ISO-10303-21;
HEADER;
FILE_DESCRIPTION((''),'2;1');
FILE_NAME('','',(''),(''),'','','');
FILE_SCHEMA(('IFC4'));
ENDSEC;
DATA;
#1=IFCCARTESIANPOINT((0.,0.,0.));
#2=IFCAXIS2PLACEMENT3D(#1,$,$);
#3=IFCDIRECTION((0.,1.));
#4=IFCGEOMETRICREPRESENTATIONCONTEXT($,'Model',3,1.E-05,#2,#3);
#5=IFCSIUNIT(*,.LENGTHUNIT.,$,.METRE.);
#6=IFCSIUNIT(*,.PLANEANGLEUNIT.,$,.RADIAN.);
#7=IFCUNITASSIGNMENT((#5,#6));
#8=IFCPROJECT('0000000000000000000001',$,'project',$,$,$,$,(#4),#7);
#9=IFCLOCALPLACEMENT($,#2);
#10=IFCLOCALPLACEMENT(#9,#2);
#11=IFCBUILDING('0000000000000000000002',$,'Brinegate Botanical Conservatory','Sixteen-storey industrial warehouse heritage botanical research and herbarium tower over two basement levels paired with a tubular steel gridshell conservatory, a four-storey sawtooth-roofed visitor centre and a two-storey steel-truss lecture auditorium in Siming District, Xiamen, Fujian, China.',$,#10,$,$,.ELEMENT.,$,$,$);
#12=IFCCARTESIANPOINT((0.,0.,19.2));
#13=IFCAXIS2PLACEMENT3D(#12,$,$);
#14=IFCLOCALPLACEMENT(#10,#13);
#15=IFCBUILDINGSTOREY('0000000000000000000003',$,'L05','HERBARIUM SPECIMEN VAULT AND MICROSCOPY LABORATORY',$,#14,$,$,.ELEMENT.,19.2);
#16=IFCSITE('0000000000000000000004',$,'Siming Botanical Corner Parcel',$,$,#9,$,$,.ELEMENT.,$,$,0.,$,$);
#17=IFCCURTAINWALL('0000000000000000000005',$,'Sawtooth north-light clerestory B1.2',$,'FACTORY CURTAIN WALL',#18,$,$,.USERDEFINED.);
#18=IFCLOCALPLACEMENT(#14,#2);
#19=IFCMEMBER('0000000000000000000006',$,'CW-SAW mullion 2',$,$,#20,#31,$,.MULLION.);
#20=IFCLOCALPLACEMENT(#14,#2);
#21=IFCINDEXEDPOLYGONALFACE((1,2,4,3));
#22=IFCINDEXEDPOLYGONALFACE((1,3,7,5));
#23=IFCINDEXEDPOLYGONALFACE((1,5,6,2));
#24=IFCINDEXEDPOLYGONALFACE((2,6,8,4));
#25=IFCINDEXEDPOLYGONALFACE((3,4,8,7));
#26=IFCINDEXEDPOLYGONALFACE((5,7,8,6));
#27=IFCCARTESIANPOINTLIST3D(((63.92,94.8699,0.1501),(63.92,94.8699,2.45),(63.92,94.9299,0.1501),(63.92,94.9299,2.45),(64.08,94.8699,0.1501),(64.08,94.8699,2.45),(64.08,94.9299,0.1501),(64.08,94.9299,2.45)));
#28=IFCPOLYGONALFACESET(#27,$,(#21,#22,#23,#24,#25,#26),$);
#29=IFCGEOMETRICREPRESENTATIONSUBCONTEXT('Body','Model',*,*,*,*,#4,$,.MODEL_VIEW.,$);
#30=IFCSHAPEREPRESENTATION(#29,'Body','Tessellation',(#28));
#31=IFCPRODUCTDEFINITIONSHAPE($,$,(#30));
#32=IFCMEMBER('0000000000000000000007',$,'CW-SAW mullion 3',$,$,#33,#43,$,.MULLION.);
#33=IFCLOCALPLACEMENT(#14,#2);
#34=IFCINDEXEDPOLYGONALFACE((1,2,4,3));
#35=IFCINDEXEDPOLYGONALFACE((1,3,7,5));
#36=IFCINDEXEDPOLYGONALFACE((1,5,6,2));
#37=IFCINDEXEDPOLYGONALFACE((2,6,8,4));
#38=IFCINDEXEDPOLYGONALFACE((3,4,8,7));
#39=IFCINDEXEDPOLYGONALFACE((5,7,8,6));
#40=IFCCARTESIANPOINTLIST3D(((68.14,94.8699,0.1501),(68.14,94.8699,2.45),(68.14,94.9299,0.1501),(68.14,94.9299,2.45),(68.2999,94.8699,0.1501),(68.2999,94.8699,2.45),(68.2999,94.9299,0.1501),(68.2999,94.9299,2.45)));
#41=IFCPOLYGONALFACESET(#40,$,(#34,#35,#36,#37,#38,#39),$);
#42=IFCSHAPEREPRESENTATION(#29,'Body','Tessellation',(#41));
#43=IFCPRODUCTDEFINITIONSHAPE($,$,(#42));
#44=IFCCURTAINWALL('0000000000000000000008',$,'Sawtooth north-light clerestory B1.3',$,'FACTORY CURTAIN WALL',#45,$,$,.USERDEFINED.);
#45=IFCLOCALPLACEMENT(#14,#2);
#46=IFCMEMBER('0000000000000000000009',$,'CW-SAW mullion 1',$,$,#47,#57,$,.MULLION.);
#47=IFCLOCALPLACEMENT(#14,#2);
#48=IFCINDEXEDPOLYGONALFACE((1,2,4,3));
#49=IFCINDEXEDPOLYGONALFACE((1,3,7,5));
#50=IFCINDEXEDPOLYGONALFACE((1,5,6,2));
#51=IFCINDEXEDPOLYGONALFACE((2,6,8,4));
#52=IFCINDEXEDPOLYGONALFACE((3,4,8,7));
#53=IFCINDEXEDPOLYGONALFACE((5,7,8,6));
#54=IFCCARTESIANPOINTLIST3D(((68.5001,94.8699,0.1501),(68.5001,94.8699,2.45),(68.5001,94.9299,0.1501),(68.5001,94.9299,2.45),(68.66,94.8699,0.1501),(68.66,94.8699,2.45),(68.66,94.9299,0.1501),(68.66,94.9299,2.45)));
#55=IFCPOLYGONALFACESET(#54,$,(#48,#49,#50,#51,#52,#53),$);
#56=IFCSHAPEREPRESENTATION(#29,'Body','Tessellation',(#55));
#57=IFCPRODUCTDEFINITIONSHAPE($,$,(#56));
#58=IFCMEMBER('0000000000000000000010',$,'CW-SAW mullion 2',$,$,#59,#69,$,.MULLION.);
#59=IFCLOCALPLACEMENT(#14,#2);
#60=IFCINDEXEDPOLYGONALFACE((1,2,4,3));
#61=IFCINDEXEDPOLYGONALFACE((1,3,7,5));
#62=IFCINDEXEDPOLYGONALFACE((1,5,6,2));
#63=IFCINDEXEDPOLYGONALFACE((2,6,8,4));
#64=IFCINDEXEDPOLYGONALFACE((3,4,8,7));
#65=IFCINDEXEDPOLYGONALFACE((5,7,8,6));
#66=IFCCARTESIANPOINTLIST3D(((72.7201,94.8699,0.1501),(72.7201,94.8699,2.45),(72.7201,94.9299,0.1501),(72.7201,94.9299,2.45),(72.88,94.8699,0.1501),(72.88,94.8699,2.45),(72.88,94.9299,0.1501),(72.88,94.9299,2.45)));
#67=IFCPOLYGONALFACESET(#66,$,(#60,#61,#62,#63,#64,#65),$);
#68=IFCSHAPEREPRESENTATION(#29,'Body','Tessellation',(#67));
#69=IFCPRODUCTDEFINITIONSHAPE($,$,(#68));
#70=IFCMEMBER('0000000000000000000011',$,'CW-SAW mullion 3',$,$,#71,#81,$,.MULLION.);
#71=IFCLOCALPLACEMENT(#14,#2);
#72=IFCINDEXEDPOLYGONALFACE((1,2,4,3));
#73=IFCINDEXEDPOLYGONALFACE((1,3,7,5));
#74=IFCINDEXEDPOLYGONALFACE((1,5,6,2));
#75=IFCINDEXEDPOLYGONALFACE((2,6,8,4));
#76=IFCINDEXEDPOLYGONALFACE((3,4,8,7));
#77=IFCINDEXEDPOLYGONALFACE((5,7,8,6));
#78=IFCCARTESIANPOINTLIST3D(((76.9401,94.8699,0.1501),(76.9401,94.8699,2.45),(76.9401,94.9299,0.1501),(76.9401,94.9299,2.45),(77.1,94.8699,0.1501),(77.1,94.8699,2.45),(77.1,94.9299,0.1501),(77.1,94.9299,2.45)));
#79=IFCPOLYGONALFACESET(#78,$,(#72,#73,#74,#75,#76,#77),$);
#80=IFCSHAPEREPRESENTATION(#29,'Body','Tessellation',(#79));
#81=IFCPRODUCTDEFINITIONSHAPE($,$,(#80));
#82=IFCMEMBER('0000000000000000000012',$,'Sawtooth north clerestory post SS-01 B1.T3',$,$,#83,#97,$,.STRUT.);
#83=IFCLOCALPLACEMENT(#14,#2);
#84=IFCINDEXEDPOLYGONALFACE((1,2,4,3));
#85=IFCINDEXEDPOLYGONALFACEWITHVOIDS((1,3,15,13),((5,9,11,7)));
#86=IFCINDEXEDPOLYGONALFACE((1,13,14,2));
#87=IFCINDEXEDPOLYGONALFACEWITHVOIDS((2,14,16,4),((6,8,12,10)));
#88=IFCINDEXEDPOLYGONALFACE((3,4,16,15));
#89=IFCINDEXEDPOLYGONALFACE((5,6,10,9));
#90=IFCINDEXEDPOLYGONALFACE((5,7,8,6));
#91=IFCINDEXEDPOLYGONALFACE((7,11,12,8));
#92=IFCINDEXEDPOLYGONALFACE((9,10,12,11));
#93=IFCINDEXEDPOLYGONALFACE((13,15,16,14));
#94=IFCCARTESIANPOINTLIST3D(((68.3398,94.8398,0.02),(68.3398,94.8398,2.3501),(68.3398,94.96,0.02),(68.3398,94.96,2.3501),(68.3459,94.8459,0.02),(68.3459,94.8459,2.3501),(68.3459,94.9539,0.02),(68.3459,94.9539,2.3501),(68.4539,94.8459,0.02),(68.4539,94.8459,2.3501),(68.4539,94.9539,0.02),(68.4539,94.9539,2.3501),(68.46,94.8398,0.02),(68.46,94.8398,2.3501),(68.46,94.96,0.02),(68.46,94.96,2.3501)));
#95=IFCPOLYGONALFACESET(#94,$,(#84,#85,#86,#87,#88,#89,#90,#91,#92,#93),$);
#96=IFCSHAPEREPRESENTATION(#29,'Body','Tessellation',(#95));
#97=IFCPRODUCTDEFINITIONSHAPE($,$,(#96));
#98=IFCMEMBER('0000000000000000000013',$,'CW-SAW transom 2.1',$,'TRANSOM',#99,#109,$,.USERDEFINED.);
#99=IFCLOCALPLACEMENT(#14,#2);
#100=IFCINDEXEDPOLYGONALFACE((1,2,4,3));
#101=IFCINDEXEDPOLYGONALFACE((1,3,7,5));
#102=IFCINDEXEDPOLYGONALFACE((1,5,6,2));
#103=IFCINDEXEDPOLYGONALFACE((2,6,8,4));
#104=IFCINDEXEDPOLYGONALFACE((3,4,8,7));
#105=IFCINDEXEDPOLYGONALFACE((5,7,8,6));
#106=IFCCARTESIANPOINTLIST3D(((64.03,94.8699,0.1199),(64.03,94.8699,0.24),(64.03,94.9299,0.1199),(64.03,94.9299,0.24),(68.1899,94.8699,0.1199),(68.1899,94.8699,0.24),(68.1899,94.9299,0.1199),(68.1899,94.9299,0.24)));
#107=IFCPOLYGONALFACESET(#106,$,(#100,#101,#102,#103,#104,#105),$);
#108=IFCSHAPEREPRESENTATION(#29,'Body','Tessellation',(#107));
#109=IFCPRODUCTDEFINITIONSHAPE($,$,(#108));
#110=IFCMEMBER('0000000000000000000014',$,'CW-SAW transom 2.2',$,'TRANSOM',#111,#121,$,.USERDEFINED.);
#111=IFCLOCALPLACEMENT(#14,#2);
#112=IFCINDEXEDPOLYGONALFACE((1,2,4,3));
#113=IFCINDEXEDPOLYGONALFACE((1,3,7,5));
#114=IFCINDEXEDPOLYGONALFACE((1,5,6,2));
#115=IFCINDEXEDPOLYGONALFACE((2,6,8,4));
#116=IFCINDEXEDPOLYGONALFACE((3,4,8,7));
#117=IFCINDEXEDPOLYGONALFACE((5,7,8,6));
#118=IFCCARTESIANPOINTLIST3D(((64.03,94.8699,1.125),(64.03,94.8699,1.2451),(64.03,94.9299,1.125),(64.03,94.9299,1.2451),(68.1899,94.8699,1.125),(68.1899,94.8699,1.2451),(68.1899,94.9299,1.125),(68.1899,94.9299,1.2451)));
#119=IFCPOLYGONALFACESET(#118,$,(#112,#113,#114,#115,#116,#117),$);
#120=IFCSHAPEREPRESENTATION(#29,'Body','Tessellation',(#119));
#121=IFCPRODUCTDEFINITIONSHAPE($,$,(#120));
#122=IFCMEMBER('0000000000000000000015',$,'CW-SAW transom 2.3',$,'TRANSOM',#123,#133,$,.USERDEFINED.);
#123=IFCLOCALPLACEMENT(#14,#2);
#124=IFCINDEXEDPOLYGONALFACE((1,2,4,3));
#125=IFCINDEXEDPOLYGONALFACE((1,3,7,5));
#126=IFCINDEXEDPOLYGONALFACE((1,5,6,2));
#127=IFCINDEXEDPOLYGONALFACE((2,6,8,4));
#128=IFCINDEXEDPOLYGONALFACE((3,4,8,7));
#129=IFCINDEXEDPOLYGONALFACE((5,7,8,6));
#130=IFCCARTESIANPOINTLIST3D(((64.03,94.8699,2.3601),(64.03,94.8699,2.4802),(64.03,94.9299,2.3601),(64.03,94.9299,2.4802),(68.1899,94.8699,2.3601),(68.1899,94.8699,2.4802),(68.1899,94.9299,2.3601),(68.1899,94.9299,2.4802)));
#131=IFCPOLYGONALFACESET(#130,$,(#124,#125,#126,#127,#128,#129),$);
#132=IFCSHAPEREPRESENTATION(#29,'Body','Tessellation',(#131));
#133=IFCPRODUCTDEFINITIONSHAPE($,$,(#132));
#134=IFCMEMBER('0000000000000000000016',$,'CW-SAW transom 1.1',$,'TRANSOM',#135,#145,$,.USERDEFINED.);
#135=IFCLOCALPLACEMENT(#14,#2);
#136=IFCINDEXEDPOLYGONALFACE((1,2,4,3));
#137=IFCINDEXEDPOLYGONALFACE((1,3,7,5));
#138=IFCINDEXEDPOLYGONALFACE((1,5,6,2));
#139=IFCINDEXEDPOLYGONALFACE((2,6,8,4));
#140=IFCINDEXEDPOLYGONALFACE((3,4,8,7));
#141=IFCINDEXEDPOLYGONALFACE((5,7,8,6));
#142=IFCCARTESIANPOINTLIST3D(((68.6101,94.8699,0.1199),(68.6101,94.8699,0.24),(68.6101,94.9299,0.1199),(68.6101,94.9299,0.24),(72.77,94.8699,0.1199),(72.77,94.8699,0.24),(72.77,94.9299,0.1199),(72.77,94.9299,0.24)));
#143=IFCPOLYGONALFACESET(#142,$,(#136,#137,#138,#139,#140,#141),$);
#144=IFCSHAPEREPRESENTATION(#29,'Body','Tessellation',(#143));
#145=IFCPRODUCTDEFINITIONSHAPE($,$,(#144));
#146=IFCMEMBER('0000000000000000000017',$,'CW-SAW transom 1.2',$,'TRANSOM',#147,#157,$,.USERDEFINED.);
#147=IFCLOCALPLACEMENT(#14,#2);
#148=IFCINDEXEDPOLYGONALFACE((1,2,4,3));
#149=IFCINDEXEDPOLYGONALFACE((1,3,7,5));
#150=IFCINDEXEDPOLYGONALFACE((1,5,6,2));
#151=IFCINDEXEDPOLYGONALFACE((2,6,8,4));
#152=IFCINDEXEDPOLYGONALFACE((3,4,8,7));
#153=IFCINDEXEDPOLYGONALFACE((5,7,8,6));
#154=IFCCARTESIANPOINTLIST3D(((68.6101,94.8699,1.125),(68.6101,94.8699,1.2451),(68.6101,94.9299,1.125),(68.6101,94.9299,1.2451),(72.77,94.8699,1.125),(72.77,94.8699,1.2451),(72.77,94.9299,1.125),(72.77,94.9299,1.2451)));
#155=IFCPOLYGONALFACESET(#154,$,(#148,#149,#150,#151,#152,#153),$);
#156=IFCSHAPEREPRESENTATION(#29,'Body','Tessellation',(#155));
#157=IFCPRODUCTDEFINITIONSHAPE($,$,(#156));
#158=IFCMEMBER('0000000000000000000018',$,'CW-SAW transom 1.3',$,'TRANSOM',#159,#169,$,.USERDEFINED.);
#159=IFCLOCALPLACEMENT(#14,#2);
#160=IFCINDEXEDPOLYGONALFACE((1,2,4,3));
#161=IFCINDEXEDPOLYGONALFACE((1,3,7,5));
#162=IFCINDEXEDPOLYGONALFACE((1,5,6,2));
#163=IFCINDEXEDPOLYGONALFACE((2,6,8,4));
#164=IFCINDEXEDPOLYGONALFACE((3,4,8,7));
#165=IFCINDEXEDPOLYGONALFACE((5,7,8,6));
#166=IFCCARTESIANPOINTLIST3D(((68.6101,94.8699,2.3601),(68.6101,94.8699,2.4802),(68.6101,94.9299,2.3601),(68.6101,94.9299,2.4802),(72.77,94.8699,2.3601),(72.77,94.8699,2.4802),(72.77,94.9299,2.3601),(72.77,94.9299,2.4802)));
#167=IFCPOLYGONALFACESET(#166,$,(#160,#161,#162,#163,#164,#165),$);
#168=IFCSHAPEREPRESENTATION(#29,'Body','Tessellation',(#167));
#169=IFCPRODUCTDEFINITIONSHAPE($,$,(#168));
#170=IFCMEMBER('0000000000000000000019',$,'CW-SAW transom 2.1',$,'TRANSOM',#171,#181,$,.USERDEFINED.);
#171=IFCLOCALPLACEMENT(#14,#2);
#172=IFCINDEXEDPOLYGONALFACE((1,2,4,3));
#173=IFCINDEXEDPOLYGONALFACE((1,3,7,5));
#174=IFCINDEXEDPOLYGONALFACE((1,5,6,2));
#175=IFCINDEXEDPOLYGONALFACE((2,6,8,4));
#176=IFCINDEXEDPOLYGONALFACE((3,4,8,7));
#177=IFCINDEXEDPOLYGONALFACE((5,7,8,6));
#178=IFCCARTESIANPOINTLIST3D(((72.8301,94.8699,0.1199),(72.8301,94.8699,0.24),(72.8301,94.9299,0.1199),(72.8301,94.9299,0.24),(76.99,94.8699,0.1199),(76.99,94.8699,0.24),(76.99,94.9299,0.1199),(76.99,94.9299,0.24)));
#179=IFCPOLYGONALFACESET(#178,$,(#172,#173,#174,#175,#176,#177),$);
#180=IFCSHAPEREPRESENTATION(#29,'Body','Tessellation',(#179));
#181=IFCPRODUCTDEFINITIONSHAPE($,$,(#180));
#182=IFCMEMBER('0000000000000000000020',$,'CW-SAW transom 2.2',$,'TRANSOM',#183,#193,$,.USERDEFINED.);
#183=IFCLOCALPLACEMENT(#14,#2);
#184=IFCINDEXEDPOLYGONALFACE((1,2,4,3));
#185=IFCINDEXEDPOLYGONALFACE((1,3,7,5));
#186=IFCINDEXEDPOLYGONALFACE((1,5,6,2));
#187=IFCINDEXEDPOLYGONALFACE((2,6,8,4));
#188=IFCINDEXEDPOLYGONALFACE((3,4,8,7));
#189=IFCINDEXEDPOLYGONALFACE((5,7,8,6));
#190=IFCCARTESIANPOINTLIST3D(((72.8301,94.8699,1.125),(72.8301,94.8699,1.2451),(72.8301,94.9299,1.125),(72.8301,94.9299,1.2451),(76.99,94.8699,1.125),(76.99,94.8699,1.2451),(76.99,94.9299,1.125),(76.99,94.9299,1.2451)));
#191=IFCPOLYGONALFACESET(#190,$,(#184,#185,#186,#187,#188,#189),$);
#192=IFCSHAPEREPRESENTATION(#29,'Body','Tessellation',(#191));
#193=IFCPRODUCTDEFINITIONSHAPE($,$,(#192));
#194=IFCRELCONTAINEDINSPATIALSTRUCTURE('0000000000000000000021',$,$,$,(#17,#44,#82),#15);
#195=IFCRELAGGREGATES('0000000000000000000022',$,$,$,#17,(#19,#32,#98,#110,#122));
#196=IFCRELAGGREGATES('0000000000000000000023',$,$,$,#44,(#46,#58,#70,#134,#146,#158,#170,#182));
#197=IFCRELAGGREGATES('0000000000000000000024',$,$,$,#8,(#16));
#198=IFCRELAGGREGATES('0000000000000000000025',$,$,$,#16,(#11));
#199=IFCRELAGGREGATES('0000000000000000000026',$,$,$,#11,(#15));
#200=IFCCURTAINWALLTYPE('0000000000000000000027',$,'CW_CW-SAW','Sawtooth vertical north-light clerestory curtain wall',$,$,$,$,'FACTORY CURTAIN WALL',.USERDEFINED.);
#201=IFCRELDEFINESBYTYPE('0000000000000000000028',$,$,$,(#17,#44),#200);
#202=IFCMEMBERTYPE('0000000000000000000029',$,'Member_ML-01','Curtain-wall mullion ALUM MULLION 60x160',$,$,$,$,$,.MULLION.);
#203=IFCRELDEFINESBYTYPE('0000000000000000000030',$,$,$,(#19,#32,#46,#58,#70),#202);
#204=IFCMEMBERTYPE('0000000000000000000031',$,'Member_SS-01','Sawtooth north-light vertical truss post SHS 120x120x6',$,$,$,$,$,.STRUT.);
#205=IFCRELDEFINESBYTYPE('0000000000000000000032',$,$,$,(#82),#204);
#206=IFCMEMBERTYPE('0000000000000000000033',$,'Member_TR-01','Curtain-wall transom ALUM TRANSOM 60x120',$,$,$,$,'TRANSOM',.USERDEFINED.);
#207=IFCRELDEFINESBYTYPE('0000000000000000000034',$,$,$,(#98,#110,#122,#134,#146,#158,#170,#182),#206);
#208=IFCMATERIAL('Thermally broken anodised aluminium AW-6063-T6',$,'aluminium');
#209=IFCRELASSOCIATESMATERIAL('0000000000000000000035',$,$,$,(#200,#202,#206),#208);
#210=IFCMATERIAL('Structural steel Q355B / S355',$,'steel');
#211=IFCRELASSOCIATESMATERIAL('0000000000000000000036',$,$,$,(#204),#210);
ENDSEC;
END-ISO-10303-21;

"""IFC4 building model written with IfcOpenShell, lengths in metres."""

from ifc_helpers import new_model, si_unit, direction, frame, origin, origin_2d, place, context, subcontext, project, spatial, rectangle, hollow_rectangle, extrude, material, material_profile, profile_set, type_object, element, aggregate, save


model = new_model("IFC4")

# Units and contexts
model_context = context("Model", 3, precision=1e-05, world=origin(), true_north=direction((0.0, 1.0)))
body_context = subcontext(model_context, "Body", "Model", "MODEL_VIEW")
ifc_project = project(units=[si_unit("LENGTHUNIT", "METRE"), si_unit("PLANEANGLEUNIT", "RADIAN")], contexts=[model_context])

# Site, building, storey
site_placement = place(None, origin())
site = spatial("IfcSite", under=ifc_project, at=site_placement, Name="Siming Botanical Corner Parcel", CompositionType="ELEMENT", RefElevation=0.0)
building_placement = place(site_placement, origin())
building = spatial("IfcBuilding", under=site, at=building_placement, Name="Brinegate Botanical Conservatory", Description="Sixteen-storey industrial warehouse heritage botanical research and herbarium tower over two basement levels paired with a tubular steel gridshell conservatory, a four-storey sawtooth-roofed visitor centre and a two-storey steel-truss lecture auditorium in Siming District, Xiamen, Fujian, China.", CompositionType="ELEMENT")
storey_placement = place(building_placement, frame((0.0, 0.0, 19.2)))
storey = spatial("IfcBuildingStorey", under=building, at=storey_placement, Name="L05", Description="HERBARIUM SPECIMEN VAULT AND MICROSCOPY LABORATORY", CompositionType="ELEMENT", Elevation=19.2)

# Curtain walls, members
ifc_material_1 = material(Name="Thermally broken anodised aluminium AW-6063-T6", Category="aluminium")
curtain_wall_type = type_object("IfcCurtainWallType", Name="CW_CW-SAW", Description="Sawtooth vertical north-light clerestory curtain wall", ElementType="FACTORY CURTAIN WALL", PredefinedType="USERDEFINED", material=ifc_material_1)
curtain_wall_1_placement = place(storey_placement, origin())
curtain_wall_1 = element("IfcCurtainWall", 1, at=curtain_wall_1_placement, inside=storey, type_object=curtain_wall_type, Name="Sawtooth north-light clerestory B1.2", ObjectType="FACTORY CURTAIN WALL", PredefinedType="USERDEFINED")
ifc_material_profile_1 = material_profile(ifc_material_1, rectangle(XDim=0.0601, YDim=0.1599, at=origin_2d()), Name="ALUM MULLION 60x160")
ifc_profile_set_1 = profile_set([ifc_material_profile_1], Name="Thermally broken anodised aluminium AW-6063-T6")
member_type_1 = type_object("IfcMemberType", Name="Member_ML-01", Description="Curtain-wall mullion ALUM MULLION 60x160", PredefinedType="MULLION", material=ifc_profile_set_1)
member_1_placement = place(storey_placement, frame((64.0, 94.8999, 0.1501), z_axis=(0.0, 0.0, 1.0), x_axis=(0.0, 1.0, 0.0)))
member_1 = element("IfcMember", 2, at=member_1_placement, type_object=member_type_1, Name="CW-SAW mullion 2", PredefinedType="MULLION", context=body_context, shape_type="SweptSolid", body=[
    extrude(rectangle(XDim=0.0601, YDim=0.1599, at=origin_2d()), origin(), (0.0, 0.0, 1.0), 2.2998),
])
member_2_placement = place(storey_placement, frame((68.22, 94.8999, 0.1501), z_axis=(0.0, 0.0, 1.0), x_axis=(0.0, 1.0, 0.0)))
member_2 = element("IfcMember", 3, at=member_2_placement, type_object=member_type_1, Name="CW-SAW mullion 3", PredefinedType="MULLION", context=body_context, shape_type="SweptSolid", body=[
    extrude(rectangle(XDim=0.0601, YDim=0.1599, at=origin_2d()), origin(), (0.0, 0.0, 1.0), 2.2998),
])
curtain_wall_2_placement = place(storey_placement, origin())
curtain_wall_2 = element("IfcCurtainWall", 4, at=curtain_wall_2_placement, inside=storey, type_object=curtain_wall_type, Name="Sawtooth north-light clerestory B1.3", ObjectType="FACTORY CURTAIN WALL", PredefinedType="USERDEFINED")
member_3_placement = place(storey_placement, frame((68.5801, 94.8999, 0.1501), z_axis=(0.0, 0.0, 1.0), x_axis=(0.0, 1.0, 0.0)))
member_3 = element("IfcMember", 5, at=member_3_placement, type_object=member_type_1, Name="CW-SAW mullion 1", PredefinedType="MULLION", context=body_context, shape_type="SweptSolid", body=[
    extrude(rectangle(XDim=0.0601, YDim=0.1599, at=origin_2d()), origin(), (0.0, 0.0, 1.0), 2.2998),
])
member_4_placement = place(storey_placement, frame((72.8, 94.8999, 0.1501), z_axis=(0.0, 0.0, 1.0), x_axis=(0.0, 1.0, 0.0)))
member_4 = element("IfcMember", 6, at=member_4_placement, type_object=member_type_1, Name="CW-SAW mullion 2", PredefinedType="MULLION", context=body_context, shape_type="SweptSolid", body=[
    extrude(rectangle(XDim=0.0601, YDim=0.1599, at=origin_2d()), origin(), (0.0, 0.0, 1.0), 2.2998),
])
member_5_placement = place(storey_placement, frame((77.02, 94.8999, 0.1501), z_axis=(0.0, 0.0, 1.0), x_axis=(0.0, 1.0, 0.0)))
member_5 = element("IfcMember", 7, at=member_5_placement, type_object=member_type_1, Name="CW-SAW mullion 3", PredefinedType="MULLION", context=body_context, shape_type="SweptSolid", body=[
    extrude(rectangle(XDim=0.0601, YDim=0.1599, at=origin_2d()), origin(), (0.0, 0.0, 1.0), 2.2998),
])

# Members
ifc_material_2 = material(Name="Structural steel Q355B / S355", Category="steel")
ifc_material_profile_2 = material_profile(ifc_material_2, hollow_rectangle(XDim=0.1201, YDim=0.1201, WallThickness=0.0061, at=origin_2d()), Name="SHS 120x120x6")
ifc_profile_set_2 = profile_set([ifc_material_profile_2], Name="Structural steel Q355B / S355")
member_type_2 = type_object("IfcMemberType", Name="Member_SS-01", Description="Sawtooth north-light vertical truss post SHS 120x120x6", PredefinedType="STRUT", material=ifc_profile_set_2)
member_6_placement = place(storey_placement, frame((68.3999, 94.8999, 0.02), z_axis=(0.0, 0.0, 1.0), x_axis=(1.0, 0.0, 0.0)))
element("IfcMember", 8, at=member_6_placement, inside=storey, type_object=member_type_2, Name="Sawtooth north clerestory post SS-01 B1.T3", PredefinedType="STRUT", context=body_context, shape_type="SweptSolid", body=[
    extrude(hollow_rectangle(XDim=0.1201, YDim=0.1201, WallThickness=0.0061, at=origin_2d()), origin(), (0.0, 0.0, 1.0), 2.3301),
])
ifc_material_profile_3 = material_profile(ifc_material_1, rectangle(XDim=0.0601, YDim=0.1201, at=origin_2d()), Name="ALUM TRANSOM 60x120")
ifc_profile_set_3 = profile_set([ifc_material_profile_3], Name="Thermally broken anodised aluminium AW-6063-T6")
member_type_3 = type_object("IfcMemberType", Name="Member_TR-01", Description="Curtain-wall transom ALUM TRANSOM 60x120", ElementType="TRANSOM", PredefinedType="USERDEFINED", material=ifc_profile_set_3)
member_7_placement = place(storey_placement, frame((64.03, 94.8999, 0.1799), z_axis=(1.0, 0.0, 0.0), x_axis=(0.0, 1.0, 0.0)))
member_7 = element("IfcMember", 9, at=member_7_placement, type_object=member_type_3, Name="CW-SAW transom 2.1", ObjectType="TRANSOM", PredefinedType="USERDEFINED", context=body_context, shape_type="SweptSolid", body=[
    extrude(rectangle(XDim=0.0601, YDim=0.1201, at=origin_2d()), origin(), (0.0, 0.0, 1.0), 4.1599),
])
member_8_placement = place(storey_placement, frame((64.03, 94.8999, 1.1851), z_axis=(1.0, 0.0, 0.0), x_axis=(0.0, 1.0, 0.0)))
member_8 = element("IfcMember", 10, at=member_8_placement, type_object=member_type_3, Name="CW-SAW transom 2.2", ObjectType="TRANSOM", PredefinedType="USERDEFINED", context=body_context, shape_type="SweptSolid", body=[
    extrude(rectangle(XDim=0.0601, YDim=0.1201, at=origin_2d()), origin(), (0.0, 0.0, 1.0), 4.1599),
])
member_9_placement = place(storey_placement, frame((64.03, 94.8999, 2.4202), z_axis=(1.0, 0.0, 0.0), x_axis=(0.0, 1.0, 0.0)))
member_9 = element("IfcMember", 11, at=member_9_placement, type_object=member_type_3, Name="CW-SAW transom 2.3", ObjectType="TRANSOM", PredefinedType="USERDEFINED", context=body_context, shape_type="SweptSolid", body=[
    extrude(rectangle(XDim=0.0601, YDim=0.1201, at=origin_2d()), origin(), (0.0, 0.0, 1.0), 4.1599),
])
member_10_placement = place(storey_placement, frame((68.6101, 94.8999, 0.1799), z_axis=(1.0, 0.0, 0.0), x_axis=(0.0, 1.0, 0.0)))
member_10 = element("IfcMember", 12, at=member_10_placement, type_object=member_type_3, Name="CW-SAW transom 1.1", ObjectType="TRANSOM", PredefinedType="USERDEFINED", context=body_context, shape_type="SweptSolid", body=[
    extrude(rectangle(XDim=0.0601, YDim=0.1201, at=origin_2d()), origin(), (0.0, 0.0, 1.0), 4.1599),
])
member_11_placement = place(storey_placement, frame((68.6101, 94.8999, 1.1851), z_axis=(1.0, 0.0, 0.0), x_axis=(0.0, 1.0, 0.0)))
member_11 = element("IfcMember", 13, at=member_11_placement, type_object=member_type_3, Name="CW-SAW transom 1.2", ObjectType="TRANSOM", PredefinedType="USERDEFINED", context=body_context, shape_type="SweptSolid", body=[
    extrude(rectangle(XDim=0.0601, YDim=0.1201, at=origin_2d()), origin(), (0.0, 0.0, 1.0), 4.1599),
])
member_12_placement = place(storey_placement, frame((68.6101, 94.8999, 2.4202), z_axis=(1.0, 0.0, 0.0), x_axis=(0.0, 1.0, 0.0)))
member_12 = element("IfcMember", 14, at=member_12_placement, type_object=member_type_3, Name="CW-SAW transom 1.3", ObjectType="TRANSOM", PredefinedType="USERDEFINED", context=body_context, shape_type="SweptSolid", body=[
    extrude(rectangle(XDim=0.0601, YDim=0.1201, at=origin_2d()), origin(), (0.0, 0.0, 1.0), 4.1599),
])
member_13_placement = place(storey_placement, frame((72.8301, 94.8999, 0.1799), z_axis=(1.0, 0.0, 0.0), x_axis=(0.0, 1.0, 0.0)))
member_13 = element("IfcMember", 15, at=member_13_placement, type_object=member_type_3, Name="CW-SAW transom 2.1", ObjectType="TRANSOM", PredefinedType="USERDEFINED", context=body_context, shape_type="SweptSolid", body=[
    extrude(rectangle(XDim=0.0601, YDim=0.1201, at=origin_2d()), origin(), (0.0, 0.0, 1.0), 4.1599),
])
member_14_placement = place(storey_placement, frame((72.8301, 94.8999, 1.1851), z_axis=(1.0, 0.0, 0.0), x_axis=(0.0, 1.0, 0.0)))
member_14 = element("IfcMember", 16, at=member_14_placement, type_object=member_type_3, Name="CW-SAW transom 2.2", ObjectType="TRANSOM", PredefinedType="USERDEFINED", context=body_context, shape_type="SweptSolid", body=[
    extrude(rectangle(XDim=0.0601, YDim=0.1201, at=origin_2d()), origin(), (0.0, 0.0, 1.0), 4.1599),
])

aggregate(curtain_wall_1, [member_1, member_2, member_7, member_8, member_9])
aggregate(curtain_wall_2, [member_3, member_4, member_5, member_10, member_11, member_12, member_13, member_14])

save(model, "model.ifc")
